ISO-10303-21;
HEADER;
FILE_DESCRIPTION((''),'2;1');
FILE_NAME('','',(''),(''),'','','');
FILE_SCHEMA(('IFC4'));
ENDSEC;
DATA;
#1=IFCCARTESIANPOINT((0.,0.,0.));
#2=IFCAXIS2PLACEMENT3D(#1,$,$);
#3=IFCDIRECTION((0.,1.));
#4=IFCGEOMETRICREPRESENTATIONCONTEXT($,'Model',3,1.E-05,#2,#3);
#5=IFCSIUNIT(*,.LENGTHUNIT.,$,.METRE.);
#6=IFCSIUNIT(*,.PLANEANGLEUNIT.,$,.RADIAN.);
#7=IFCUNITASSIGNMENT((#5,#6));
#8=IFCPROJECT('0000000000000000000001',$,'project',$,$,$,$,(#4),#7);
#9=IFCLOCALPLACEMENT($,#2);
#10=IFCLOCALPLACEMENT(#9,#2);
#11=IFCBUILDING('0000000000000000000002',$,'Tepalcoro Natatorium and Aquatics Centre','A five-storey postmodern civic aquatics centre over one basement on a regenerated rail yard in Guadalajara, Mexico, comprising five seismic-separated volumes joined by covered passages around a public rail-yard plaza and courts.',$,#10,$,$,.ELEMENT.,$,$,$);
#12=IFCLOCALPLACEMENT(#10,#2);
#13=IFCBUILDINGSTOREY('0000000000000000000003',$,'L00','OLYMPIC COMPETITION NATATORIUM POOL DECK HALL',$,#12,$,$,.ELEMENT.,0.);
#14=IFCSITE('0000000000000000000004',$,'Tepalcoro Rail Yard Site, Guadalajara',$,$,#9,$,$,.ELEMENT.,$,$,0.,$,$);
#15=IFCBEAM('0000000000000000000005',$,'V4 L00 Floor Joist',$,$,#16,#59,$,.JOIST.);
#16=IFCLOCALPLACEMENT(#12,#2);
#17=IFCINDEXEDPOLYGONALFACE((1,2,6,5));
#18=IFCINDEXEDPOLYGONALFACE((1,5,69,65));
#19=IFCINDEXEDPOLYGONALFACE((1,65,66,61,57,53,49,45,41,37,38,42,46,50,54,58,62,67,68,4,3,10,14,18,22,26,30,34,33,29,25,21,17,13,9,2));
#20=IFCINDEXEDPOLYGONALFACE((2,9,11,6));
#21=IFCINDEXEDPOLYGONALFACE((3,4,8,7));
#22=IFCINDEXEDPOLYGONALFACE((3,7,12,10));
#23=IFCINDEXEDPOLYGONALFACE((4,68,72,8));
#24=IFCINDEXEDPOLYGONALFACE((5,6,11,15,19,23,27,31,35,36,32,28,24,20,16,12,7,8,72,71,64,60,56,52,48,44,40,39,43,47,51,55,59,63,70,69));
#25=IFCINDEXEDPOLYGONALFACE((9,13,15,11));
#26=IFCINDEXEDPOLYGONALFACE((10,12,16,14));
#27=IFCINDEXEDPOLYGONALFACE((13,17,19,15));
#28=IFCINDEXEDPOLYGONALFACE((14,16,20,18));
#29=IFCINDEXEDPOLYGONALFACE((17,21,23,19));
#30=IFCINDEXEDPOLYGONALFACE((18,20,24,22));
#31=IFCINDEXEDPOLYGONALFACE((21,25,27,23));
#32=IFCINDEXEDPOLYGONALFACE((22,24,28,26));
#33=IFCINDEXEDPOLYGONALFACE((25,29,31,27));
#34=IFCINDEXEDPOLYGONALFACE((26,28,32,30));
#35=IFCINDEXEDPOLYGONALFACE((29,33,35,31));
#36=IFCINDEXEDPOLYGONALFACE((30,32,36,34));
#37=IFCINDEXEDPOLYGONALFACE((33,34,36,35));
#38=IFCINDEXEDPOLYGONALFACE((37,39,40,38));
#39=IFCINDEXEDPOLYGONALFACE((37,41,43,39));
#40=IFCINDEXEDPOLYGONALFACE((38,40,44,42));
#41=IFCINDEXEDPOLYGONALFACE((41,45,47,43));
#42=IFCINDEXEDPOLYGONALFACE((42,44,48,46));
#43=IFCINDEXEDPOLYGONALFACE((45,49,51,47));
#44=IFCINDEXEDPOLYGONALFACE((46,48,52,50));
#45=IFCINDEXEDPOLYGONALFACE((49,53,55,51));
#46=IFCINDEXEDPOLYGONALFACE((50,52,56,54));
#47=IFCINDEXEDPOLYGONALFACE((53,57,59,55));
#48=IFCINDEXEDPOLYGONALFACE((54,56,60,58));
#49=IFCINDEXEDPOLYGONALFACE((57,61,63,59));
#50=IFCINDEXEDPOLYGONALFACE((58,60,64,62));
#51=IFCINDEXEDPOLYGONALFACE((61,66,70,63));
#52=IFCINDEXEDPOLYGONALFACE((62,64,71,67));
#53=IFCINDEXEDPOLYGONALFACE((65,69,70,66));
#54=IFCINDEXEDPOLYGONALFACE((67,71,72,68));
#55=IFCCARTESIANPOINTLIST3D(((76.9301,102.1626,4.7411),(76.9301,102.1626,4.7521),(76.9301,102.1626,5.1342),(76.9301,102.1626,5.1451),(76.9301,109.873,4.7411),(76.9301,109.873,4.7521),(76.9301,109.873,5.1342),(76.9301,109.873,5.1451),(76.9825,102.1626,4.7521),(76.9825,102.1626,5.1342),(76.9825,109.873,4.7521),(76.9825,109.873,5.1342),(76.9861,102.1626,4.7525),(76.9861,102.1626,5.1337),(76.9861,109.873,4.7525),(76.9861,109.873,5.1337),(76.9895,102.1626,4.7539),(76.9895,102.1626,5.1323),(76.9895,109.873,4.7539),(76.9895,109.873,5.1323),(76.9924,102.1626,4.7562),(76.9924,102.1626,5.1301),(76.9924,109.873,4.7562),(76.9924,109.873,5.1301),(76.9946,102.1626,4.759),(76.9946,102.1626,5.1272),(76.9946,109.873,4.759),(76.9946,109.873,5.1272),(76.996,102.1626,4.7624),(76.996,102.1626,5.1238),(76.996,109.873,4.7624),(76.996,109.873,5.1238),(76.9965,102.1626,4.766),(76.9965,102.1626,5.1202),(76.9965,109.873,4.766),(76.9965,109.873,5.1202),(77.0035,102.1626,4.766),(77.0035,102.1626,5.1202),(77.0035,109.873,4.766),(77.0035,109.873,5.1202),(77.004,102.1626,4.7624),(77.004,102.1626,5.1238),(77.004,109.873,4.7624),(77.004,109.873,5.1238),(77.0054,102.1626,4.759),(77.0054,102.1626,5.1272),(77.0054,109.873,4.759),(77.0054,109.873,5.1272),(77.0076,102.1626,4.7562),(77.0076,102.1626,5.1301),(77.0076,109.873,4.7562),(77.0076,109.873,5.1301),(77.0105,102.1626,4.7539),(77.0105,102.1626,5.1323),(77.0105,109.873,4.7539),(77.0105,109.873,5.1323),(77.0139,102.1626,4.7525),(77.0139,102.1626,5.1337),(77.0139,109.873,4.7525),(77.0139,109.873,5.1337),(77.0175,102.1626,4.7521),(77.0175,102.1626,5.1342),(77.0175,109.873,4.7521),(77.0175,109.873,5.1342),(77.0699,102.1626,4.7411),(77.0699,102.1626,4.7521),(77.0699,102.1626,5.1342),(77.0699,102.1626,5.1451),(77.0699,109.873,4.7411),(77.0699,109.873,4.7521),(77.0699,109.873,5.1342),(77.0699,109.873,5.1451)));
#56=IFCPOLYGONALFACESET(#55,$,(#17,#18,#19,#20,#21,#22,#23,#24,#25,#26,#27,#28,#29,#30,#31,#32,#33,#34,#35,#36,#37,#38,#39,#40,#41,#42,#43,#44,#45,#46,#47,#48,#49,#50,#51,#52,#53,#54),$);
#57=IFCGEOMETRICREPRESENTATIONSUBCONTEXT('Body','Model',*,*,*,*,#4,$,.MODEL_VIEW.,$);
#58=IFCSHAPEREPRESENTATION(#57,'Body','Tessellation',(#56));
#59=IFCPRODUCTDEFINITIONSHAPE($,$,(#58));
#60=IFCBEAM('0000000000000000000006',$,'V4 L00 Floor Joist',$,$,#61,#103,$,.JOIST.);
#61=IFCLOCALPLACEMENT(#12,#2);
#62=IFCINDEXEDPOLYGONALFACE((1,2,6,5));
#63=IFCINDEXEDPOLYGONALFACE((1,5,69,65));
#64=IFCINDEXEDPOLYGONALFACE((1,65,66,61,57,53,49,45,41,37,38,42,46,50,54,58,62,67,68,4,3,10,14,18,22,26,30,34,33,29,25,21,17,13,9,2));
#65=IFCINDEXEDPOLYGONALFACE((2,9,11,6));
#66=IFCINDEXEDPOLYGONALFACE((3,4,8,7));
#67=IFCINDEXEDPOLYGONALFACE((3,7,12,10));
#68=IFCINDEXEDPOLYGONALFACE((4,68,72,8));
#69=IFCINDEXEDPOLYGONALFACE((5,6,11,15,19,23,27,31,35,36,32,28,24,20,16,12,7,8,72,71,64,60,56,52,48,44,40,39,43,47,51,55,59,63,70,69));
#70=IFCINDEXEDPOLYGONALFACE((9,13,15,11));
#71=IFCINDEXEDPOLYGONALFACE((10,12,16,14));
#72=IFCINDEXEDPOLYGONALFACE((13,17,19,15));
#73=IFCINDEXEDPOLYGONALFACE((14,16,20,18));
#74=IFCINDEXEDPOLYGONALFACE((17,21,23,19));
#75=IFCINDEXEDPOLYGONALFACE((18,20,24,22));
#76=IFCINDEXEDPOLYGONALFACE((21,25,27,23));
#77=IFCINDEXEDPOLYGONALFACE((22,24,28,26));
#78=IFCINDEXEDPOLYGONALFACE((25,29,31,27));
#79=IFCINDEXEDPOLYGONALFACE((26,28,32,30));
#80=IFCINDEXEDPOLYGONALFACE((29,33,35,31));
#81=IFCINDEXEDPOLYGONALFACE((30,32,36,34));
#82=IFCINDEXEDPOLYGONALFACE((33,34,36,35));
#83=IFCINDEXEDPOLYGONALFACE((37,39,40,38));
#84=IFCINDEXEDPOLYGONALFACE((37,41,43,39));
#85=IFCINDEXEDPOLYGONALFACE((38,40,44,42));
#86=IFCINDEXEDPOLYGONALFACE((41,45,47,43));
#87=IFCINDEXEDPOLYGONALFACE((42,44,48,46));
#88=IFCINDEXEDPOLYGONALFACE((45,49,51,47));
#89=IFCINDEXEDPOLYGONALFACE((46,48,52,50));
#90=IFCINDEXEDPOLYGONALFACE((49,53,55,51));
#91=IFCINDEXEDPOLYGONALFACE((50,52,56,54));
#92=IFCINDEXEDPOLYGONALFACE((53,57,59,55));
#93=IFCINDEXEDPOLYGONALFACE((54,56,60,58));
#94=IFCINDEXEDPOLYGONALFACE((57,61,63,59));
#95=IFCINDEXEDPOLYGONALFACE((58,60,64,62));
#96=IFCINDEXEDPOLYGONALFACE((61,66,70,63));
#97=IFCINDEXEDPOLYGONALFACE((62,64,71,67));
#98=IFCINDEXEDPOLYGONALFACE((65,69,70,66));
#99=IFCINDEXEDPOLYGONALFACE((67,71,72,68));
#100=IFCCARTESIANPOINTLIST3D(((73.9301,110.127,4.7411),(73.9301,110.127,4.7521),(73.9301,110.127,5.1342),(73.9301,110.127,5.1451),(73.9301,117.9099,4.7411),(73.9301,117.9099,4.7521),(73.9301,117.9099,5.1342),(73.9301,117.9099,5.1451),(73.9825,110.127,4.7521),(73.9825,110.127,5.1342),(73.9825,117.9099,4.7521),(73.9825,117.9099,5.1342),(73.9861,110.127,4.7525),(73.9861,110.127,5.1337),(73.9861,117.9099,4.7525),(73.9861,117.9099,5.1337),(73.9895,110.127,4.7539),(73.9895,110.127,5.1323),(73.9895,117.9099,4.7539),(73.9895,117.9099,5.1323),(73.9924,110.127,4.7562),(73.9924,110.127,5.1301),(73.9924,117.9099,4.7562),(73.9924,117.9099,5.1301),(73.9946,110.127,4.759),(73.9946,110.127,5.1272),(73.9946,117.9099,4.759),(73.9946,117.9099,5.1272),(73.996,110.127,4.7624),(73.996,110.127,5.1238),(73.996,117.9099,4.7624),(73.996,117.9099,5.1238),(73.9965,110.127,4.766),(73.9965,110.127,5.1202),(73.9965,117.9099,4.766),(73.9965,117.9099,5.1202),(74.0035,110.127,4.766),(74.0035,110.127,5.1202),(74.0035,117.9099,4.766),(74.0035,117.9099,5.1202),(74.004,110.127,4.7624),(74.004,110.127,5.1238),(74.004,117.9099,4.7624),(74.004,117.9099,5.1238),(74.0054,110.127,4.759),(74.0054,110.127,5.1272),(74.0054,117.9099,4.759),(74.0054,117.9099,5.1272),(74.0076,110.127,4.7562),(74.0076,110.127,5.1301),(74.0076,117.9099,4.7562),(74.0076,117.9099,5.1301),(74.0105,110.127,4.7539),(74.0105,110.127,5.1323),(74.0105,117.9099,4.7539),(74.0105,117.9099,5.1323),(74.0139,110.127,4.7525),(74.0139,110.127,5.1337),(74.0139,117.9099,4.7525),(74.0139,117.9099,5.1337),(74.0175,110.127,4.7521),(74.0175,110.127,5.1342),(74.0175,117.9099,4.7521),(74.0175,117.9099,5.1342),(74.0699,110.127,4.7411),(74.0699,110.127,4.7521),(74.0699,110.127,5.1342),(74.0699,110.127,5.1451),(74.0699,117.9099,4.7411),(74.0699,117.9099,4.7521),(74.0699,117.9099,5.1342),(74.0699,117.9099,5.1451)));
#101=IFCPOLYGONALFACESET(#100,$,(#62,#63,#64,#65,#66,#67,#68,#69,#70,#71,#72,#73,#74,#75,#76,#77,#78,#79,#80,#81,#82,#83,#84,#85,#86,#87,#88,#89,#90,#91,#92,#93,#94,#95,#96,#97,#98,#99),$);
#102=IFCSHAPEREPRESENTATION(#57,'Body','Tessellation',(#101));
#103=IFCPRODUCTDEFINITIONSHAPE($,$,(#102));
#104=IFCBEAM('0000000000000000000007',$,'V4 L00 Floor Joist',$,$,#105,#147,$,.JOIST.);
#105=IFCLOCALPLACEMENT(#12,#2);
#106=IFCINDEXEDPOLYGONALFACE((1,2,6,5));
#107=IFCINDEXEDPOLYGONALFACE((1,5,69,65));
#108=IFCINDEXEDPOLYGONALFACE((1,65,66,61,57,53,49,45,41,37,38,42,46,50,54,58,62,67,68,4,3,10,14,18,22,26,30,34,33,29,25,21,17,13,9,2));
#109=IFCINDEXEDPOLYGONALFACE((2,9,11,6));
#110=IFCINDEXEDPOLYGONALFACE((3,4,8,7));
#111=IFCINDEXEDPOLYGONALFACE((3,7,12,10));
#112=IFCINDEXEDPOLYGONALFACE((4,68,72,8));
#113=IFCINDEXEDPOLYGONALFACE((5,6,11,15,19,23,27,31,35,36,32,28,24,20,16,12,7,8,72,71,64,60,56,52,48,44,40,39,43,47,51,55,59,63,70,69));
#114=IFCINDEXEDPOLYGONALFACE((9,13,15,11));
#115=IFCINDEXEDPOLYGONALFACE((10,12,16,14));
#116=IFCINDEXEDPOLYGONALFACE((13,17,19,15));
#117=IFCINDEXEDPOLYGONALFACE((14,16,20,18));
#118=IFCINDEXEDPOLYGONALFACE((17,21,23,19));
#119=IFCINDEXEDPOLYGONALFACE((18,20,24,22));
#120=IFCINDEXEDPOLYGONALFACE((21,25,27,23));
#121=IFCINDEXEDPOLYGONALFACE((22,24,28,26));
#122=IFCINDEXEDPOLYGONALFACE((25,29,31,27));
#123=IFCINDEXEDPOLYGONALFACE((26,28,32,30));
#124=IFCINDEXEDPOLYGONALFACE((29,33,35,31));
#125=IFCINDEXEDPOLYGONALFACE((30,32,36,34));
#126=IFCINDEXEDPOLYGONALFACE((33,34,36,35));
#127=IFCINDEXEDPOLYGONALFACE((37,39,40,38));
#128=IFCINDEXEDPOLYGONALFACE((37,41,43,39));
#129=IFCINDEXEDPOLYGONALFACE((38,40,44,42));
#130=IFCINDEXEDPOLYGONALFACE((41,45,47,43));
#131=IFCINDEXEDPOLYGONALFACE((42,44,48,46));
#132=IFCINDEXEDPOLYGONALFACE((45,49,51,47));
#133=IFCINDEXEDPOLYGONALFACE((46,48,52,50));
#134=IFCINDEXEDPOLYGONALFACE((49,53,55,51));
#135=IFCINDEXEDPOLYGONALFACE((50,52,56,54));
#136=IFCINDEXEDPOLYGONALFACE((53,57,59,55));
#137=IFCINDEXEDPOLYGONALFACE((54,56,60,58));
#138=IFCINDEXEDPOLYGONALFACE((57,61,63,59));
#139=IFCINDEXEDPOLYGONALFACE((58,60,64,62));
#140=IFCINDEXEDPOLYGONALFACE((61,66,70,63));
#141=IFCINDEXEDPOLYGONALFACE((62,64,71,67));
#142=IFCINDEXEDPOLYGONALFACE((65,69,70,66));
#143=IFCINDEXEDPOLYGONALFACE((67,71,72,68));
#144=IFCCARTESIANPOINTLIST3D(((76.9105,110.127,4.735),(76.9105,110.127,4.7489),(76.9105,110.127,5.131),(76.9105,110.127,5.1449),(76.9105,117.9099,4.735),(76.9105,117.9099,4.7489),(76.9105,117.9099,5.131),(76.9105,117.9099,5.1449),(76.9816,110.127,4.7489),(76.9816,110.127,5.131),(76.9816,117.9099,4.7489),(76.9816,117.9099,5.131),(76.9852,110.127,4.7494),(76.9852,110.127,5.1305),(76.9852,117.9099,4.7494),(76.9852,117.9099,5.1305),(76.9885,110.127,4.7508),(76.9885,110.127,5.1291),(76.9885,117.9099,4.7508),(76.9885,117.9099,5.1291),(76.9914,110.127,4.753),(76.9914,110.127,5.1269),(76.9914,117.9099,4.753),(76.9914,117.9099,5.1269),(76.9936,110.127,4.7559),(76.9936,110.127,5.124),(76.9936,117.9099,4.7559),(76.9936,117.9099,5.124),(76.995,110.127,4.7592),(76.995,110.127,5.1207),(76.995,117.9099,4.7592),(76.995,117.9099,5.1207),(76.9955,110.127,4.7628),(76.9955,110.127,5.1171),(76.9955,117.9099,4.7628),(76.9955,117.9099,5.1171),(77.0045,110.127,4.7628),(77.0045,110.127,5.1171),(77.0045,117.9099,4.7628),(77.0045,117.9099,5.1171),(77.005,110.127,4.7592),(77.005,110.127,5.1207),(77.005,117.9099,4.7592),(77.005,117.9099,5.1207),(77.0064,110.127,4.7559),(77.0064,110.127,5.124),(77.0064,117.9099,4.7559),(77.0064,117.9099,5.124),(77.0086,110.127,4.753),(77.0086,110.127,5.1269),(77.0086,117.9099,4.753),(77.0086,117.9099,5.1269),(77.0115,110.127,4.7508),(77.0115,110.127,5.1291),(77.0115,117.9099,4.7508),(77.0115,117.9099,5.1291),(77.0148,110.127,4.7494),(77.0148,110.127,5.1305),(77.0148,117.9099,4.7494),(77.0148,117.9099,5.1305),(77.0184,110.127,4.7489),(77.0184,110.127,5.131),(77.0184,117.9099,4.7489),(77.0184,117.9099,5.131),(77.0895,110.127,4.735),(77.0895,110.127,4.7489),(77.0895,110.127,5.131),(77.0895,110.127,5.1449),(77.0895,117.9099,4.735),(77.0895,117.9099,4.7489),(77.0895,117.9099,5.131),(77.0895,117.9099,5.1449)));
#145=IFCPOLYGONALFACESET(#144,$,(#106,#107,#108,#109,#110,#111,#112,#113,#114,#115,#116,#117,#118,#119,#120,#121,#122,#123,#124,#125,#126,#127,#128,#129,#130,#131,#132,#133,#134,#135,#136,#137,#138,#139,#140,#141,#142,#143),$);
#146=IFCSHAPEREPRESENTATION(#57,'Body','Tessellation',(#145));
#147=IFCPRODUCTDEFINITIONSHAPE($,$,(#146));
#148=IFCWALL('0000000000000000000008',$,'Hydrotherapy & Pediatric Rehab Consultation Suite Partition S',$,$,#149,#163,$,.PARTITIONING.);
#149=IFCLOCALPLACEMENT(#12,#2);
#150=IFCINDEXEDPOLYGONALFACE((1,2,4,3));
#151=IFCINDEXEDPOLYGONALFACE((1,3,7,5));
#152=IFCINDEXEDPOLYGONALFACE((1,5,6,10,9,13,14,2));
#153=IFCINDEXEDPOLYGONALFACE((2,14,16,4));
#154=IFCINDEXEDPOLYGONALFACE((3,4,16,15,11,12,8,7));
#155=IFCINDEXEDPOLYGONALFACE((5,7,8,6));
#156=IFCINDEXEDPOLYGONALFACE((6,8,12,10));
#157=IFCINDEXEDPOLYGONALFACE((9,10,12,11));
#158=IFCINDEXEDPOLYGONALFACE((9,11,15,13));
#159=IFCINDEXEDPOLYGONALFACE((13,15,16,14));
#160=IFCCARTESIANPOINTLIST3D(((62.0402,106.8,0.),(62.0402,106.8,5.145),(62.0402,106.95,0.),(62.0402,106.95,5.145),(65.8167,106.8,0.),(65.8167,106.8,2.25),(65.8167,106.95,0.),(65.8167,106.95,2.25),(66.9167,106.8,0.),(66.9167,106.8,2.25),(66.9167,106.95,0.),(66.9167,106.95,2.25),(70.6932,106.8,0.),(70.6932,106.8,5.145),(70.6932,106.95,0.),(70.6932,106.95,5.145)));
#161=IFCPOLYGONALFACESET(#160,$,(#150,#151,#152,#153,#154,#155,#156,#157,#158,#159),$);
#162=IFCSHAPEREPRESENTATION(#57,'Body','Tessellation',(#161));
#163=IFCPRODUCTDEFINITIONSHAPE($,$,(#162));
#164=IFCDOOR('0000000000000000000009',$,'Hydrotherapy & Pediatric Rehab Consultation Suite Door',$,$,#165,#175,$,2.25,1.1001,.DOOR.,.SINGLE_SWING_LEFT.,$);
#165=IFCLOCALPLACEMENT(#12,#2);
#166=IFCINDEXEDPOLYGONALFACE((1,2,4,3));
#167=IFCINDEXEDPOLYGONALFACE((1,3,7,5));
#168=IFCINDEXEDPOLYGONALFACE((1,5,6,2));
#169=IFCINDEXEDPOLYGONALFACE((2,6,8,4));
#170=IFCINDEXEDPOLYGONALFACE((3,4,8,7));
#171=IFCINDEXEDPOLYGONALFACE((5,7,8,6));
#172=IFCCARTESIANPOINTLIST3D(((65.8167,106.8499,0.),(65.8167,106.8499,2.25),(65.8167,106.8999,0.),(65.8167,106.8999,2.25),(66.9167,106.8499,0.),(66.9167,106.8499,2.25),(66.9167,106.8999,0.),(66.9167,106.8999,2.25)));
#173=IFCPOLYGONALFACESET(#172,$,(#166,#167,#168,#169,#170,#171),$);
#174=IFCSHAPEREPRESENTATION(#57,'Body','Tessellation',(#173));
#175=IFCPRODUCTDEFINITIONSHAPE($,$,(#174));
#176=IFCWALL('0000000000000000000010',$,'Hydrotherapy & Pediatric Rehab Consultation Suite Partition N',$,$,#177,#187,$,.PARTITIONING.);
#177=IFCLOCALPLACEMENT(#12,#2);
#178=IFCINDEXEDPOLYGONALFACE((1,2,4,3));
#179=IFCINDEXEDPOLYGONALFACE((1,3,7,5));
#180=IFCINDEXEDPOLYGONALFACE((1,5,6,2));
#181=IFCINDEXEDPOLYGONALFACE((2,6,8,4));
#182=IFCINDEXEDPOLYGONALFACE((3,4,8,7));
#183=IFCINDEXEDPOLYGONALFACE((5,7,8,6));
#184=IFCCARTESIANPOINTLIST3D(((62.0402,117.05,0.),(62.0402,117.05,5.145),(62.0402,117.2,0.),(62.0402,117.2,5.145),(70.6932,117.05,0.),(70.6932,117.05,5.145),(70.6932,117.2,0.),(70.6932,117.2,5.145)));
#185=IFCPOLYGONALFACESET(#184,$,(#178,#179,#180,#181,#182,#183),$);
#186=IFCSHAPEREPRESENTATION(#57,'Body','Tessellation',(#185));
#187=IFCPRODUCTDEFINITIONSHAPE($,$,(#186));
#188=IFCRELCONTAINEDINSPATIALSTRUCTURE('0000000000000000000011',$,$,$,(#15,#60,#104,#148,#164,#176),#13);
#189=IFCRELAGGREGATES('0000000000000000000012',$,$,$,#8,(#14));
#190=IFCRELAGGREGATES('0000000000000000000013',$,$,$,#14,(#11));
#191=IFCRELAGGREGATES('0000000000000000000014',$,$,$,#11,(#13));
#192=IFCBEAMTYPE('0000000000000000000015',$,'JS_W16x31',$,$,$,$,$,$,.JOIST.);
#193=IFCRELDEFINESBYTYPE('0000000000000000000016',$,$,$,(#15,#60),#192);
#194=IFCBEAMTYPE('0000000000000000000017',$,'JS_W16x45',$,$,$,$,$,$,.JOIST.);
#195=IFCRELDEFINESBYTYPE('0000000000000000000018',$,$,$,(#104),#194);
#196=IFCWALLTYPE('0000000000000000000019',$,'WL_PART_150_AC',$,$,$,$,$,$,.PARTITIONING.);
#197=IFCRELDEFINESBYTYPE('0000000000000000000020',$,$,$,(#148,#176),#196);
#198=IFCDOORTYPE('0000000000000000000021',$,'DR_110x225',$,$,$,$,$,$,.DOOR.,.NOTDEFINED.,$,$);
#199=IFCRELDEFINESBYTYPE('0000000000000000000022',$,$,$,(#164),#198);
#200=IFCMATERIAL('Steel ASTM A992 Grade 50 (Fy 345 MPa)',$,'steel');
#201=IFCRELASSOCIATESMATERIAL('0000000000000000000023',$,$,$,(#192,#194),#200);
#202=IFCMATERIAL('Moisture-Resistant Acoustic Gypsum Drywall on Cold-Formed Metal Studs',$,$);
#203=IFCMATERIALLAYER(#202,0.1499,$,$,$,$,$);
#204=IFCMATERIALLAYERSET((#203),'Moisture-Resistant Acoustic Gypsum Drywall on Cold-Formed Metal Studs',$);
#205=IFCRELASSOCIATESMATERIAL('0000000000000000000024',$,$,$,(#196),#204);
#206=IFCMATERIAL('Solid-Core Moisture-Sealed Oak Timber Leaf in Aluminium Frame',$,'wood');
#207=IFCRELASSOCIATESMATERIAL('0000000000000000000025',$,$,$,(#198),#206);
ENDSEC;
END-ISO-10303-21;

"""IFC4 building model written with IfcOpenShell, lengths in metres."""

from ifc_helpers import new_model, si_unit, direction, frame, frame_2d, origin, origin_2d, place, context, subcontext, project, spatial, rectangle, i_section, extrude, material, layer, layer_set, material_profile, profile_set, type_object, element, fill, save


model = new_model("IFC4")

# Units and contexts
model_context = context("Model", 3, precision=1e-05, world=origin(), true_north=direction((0.0, 1.0)))
body_context = subcontext(model_context, "Body", "Model", "MODEL_VIEW")
ifc_project = project(units=[si_unit("LENGTHUNIT", "METRE"), si_unit("PLANEANGLEUNIT", "RADIAN")], contexts=[model_context])

# Site, building, storey
site_placement = place(None, origin())
site = spatial("IfcSite", under=ifc_project, at=site_placement, Name="Tepalcoro Rail Yard Site, Guadalajara", CompositionType="ELEMENT", RefElevation=0.0)
building_placement = place(site_placement, origin())
building = spatial("IfcBuilding", under=site, at=building_placement, Name="Tepalcoro Natatorium and Aquatics Centre", Description="A five-storey postmodern civic aquatics centre over one basement on a regenerated rail yard in Guadalajara, Mexico, comprising five seismic-separated volumes joined by covered passages around a public rail-yard plaza and courts.", CompositionType="ELEMENT")
storey_placement = place(building_placement, origin())
storey = spatial("IfcBuildingStorey", under=building, at=storey_placement, Name="L00", Description="OLYMPIC COMPETITION NATATORIUM POOL DECK HALL", CompositionType="ELEMENT", Elevation=0.0)

# Shared definitions
ifc_material_1 = material(Name="Steel ASTM A992 Grade 50 (Fy 345 MPa)", Category="steel")

# Beams
ifc_material_profile_1 = material_profile(ifc_material_1, i_section(OverallWidth=0.1399, OverallDepth=0.4041, WebThickness=0.0071, FlangeThickness=0.011, FilletRadius=0.0139, at=origin_2d()), Name="W16X31")
ifc_profile_set_1 = profile_set([ifc_material_profile_1], Name="Steel ASTM A992 Grade 50 (Fy 345 MPa)")
beam_type_1 = type_object("IfcBeamType", Name="JS_W16x31", PredefinedType="JOIST", material=ifc_profile_set_1)
beam_1_placement = place(storey_placement, frame((77.0, 102.1626, 4.9431), z_axis=(0.0, 1.0, 0.0), x_axis=(-1.0, 0.0, 0.0)))
element("IfcBeam", 1, at=beam_1_placement, inside=storey, type_object=beam_type_1, Name="V4 L00 Floor Joist", PredefinedType="JOIST", context=body_context, shape_type="SweptSolid", body=[
    extrude(i_section(OverallWidth=0.1399, OverallDepth=0.4041, WebThickness=0.0071, FlangeThickness=0.011, FilletRadius=0.0139, at=origin_2d()), origin(), (0.0, 0.0, 1.0), 7.7104),
])
beam_2_placement = place(storey_placement, frame((74.0, 110.127, 4.9431), z_axis=(0.0, 1.0, 0.0), x_axis=(-1.0, 0.0, 0.0)))
element("IfcBeam", 2, at=beam_2_placement, inside=storey, type_object=beam_type_1, Name="V4 L00 Floor Joist", PredefinedType="JOIST", context=body_context, shape_type="SweptSolid", body=[
    extrude(i_section(OverallWidth=0.1399, OverallDepth=0.4041, WebThickness=0.0071, FlangeThickness=0.011, FilletRadius=0.0139, at=origin_2d()), origin(), (0.0, 0.0, 1.0), 7.783),
])
ifc_material_profile_2 = material_profile(ifc_material_1, i_section(OverallWidth=0.179, OverallDepth=0.4099, WebThickness=0.009, FlangeThickness=0.0139, FilletRadius=0.0139, at=origin_2d()), Name="W16X45")
ifc_profile_set_2 = profile_set([ifc_material_profile_2], Name="Steel ASTM A992 Grade 50 (Fy 345 MPa)")
beam_type_2 = type_object("IfcBeamType", Name="JS_W16x45", PredefinedType="JOIST", material=ifc_profile_set_2)
beam_3_placement = place(storey_placement, frame((77.0, 110.127, 4.9399), z_axis=(0.0, 1.0, 0.0), x_axis=(-1.0, 0.0, 0.0)))
element("IfcBeam", 3, at=beam_3_placement, inside=storey, type_object=beam_type_2, Name="V4 L00 Floor Joist", PredefinedType="JOIST", context=body_context, shape_type="SweptSolid", body=[
    extrude(i_section(OverallWidth=0.179, OverallDepth=0.4099, WebThickness=0.009, FlangeThickness=0.0139, FilletRadius=0.0139, at=origin_2d()), origin(), (0.0, 0.0, 1.0), 7.783),
])

# Wall, opening, door
ifc_material_2 = material(Name="Moisture-Resistant Acoustic Gypsum Drywall on Cold-Formed Metal Studs")
ifc_layer_1 = layer(ifc_material_2, 0.1499)
ifc_layer_set_1 = layer_set([ifc_layer_1], Name="Moisture-Resistant Acoustic Gypsum Drywall on Cold-Formed Metal Studs")
wall_type_1 = type_object("IfcWallType", Name="WL_PART_150_AC", PredefinedType="PARTITIONING", material=ifc_layer_set_1)
wall_1_placement = place(storey_placement, frame((62.04, 106.875, 0.0), z_axis=(0.0, 0.0, 1.0), x_axis=(1.0, 0.0, 0.0)))
wall_1 = element("IfcWall", 4, at=wall_1_placement, inside=storey, type_object=wall_type_1, Name="Hydrotherapy & Pediatric Rehab Consultation Suite Partition S", PredefinedType="PARTITIONING", context=body_context, shape_type="SweptSolid", body=[
    extrude(rectangle(XDim=8.6531, YDim=0.1499, at=frame_2d((4.3267, 0.0))), origin(), (0.0, 0.0, 1.0), 5.145),
])
opening_1_placement = place(wall_1_placement, frame((3.7766, 0.0, 0.0)))
opening_1 = element("IfcOpeningElement", 5, at=opening_1_placement, cuts=wall_1, PredefinedType="OPENING", context=body_context, shape_type="SweptSolid", body=[
    extrude(rectangle(XDim=1.1001, YDim=2.25, at=frame_2d((0.55, 1.125))), frame((0.0, 0.0869, 0.0), z_axis=(0.0, -1.0, 0.0), x_axis=(1.0, 0.0, 0.0)), (0.0, 0.0, 1.0), 0.1738),
])
ifc_material_3 = material(Name="Solid-Core Moisture-Sealed Oak Timber Leaf in Aluminium Frame", Category="wood")
door_type_1 = type_object("IfcDoorType", Name="DR_110x225", OperationType="NOTDEFINED", PredefinedType="DOOR", material=ifc_material_3)
door_1_placement = place(opening_1_placement, origin())
door_1 = element("IfcDoor", 6, at=door_1_placement, inside=storey, type_object=door_type_1, Name="Hydrotherapy & Pediatric Rehab Consultation Suite Door", OperationType="SINGLE_SWING_LEFT", OverallHeight=2.25, OverallWidth=1.1001, PredefinedType="DOOR", context=body_context, shape_type="SweptSolid", body=[
    extrude(rectangle(XDim=1.1001, YDim=2.25, at=frame_2d((0.55, 1.125))), frame((0.0, 0.0249, 0.0), z_axis=(0.0, -1.0, 0.0), x_axis=(1.0, 0.0, 0.0)), (0.0, 0.0, 1.0), 0.05),
])
fill(opening_1, door_1)

# Wall
wall_2_placement = place(storey_placement, frame((62.04, 117.125, 0.0), z_axis=(0.0, 0.0, 1.0), x_axis=(1.0, 0.0, 0.0)))
element("IfcWall", 7, at=wall_2_placement, inside=storey, type_object=wall_type_1, Name="Hydrotherapy & Pediatric Rehab Consultation Suite Partition N", PredefinedType="PARTITIONING", context=body_context, shape_type="SweptSolid", body=[
    extrude(rectangle(XDim=8.6531, YDim=0.1499, at=frame_2d((4.3267, 0.0))), origin(), (0.0, 0.0, 1.0), 5.145),
])

save(model, "model.ifc")
